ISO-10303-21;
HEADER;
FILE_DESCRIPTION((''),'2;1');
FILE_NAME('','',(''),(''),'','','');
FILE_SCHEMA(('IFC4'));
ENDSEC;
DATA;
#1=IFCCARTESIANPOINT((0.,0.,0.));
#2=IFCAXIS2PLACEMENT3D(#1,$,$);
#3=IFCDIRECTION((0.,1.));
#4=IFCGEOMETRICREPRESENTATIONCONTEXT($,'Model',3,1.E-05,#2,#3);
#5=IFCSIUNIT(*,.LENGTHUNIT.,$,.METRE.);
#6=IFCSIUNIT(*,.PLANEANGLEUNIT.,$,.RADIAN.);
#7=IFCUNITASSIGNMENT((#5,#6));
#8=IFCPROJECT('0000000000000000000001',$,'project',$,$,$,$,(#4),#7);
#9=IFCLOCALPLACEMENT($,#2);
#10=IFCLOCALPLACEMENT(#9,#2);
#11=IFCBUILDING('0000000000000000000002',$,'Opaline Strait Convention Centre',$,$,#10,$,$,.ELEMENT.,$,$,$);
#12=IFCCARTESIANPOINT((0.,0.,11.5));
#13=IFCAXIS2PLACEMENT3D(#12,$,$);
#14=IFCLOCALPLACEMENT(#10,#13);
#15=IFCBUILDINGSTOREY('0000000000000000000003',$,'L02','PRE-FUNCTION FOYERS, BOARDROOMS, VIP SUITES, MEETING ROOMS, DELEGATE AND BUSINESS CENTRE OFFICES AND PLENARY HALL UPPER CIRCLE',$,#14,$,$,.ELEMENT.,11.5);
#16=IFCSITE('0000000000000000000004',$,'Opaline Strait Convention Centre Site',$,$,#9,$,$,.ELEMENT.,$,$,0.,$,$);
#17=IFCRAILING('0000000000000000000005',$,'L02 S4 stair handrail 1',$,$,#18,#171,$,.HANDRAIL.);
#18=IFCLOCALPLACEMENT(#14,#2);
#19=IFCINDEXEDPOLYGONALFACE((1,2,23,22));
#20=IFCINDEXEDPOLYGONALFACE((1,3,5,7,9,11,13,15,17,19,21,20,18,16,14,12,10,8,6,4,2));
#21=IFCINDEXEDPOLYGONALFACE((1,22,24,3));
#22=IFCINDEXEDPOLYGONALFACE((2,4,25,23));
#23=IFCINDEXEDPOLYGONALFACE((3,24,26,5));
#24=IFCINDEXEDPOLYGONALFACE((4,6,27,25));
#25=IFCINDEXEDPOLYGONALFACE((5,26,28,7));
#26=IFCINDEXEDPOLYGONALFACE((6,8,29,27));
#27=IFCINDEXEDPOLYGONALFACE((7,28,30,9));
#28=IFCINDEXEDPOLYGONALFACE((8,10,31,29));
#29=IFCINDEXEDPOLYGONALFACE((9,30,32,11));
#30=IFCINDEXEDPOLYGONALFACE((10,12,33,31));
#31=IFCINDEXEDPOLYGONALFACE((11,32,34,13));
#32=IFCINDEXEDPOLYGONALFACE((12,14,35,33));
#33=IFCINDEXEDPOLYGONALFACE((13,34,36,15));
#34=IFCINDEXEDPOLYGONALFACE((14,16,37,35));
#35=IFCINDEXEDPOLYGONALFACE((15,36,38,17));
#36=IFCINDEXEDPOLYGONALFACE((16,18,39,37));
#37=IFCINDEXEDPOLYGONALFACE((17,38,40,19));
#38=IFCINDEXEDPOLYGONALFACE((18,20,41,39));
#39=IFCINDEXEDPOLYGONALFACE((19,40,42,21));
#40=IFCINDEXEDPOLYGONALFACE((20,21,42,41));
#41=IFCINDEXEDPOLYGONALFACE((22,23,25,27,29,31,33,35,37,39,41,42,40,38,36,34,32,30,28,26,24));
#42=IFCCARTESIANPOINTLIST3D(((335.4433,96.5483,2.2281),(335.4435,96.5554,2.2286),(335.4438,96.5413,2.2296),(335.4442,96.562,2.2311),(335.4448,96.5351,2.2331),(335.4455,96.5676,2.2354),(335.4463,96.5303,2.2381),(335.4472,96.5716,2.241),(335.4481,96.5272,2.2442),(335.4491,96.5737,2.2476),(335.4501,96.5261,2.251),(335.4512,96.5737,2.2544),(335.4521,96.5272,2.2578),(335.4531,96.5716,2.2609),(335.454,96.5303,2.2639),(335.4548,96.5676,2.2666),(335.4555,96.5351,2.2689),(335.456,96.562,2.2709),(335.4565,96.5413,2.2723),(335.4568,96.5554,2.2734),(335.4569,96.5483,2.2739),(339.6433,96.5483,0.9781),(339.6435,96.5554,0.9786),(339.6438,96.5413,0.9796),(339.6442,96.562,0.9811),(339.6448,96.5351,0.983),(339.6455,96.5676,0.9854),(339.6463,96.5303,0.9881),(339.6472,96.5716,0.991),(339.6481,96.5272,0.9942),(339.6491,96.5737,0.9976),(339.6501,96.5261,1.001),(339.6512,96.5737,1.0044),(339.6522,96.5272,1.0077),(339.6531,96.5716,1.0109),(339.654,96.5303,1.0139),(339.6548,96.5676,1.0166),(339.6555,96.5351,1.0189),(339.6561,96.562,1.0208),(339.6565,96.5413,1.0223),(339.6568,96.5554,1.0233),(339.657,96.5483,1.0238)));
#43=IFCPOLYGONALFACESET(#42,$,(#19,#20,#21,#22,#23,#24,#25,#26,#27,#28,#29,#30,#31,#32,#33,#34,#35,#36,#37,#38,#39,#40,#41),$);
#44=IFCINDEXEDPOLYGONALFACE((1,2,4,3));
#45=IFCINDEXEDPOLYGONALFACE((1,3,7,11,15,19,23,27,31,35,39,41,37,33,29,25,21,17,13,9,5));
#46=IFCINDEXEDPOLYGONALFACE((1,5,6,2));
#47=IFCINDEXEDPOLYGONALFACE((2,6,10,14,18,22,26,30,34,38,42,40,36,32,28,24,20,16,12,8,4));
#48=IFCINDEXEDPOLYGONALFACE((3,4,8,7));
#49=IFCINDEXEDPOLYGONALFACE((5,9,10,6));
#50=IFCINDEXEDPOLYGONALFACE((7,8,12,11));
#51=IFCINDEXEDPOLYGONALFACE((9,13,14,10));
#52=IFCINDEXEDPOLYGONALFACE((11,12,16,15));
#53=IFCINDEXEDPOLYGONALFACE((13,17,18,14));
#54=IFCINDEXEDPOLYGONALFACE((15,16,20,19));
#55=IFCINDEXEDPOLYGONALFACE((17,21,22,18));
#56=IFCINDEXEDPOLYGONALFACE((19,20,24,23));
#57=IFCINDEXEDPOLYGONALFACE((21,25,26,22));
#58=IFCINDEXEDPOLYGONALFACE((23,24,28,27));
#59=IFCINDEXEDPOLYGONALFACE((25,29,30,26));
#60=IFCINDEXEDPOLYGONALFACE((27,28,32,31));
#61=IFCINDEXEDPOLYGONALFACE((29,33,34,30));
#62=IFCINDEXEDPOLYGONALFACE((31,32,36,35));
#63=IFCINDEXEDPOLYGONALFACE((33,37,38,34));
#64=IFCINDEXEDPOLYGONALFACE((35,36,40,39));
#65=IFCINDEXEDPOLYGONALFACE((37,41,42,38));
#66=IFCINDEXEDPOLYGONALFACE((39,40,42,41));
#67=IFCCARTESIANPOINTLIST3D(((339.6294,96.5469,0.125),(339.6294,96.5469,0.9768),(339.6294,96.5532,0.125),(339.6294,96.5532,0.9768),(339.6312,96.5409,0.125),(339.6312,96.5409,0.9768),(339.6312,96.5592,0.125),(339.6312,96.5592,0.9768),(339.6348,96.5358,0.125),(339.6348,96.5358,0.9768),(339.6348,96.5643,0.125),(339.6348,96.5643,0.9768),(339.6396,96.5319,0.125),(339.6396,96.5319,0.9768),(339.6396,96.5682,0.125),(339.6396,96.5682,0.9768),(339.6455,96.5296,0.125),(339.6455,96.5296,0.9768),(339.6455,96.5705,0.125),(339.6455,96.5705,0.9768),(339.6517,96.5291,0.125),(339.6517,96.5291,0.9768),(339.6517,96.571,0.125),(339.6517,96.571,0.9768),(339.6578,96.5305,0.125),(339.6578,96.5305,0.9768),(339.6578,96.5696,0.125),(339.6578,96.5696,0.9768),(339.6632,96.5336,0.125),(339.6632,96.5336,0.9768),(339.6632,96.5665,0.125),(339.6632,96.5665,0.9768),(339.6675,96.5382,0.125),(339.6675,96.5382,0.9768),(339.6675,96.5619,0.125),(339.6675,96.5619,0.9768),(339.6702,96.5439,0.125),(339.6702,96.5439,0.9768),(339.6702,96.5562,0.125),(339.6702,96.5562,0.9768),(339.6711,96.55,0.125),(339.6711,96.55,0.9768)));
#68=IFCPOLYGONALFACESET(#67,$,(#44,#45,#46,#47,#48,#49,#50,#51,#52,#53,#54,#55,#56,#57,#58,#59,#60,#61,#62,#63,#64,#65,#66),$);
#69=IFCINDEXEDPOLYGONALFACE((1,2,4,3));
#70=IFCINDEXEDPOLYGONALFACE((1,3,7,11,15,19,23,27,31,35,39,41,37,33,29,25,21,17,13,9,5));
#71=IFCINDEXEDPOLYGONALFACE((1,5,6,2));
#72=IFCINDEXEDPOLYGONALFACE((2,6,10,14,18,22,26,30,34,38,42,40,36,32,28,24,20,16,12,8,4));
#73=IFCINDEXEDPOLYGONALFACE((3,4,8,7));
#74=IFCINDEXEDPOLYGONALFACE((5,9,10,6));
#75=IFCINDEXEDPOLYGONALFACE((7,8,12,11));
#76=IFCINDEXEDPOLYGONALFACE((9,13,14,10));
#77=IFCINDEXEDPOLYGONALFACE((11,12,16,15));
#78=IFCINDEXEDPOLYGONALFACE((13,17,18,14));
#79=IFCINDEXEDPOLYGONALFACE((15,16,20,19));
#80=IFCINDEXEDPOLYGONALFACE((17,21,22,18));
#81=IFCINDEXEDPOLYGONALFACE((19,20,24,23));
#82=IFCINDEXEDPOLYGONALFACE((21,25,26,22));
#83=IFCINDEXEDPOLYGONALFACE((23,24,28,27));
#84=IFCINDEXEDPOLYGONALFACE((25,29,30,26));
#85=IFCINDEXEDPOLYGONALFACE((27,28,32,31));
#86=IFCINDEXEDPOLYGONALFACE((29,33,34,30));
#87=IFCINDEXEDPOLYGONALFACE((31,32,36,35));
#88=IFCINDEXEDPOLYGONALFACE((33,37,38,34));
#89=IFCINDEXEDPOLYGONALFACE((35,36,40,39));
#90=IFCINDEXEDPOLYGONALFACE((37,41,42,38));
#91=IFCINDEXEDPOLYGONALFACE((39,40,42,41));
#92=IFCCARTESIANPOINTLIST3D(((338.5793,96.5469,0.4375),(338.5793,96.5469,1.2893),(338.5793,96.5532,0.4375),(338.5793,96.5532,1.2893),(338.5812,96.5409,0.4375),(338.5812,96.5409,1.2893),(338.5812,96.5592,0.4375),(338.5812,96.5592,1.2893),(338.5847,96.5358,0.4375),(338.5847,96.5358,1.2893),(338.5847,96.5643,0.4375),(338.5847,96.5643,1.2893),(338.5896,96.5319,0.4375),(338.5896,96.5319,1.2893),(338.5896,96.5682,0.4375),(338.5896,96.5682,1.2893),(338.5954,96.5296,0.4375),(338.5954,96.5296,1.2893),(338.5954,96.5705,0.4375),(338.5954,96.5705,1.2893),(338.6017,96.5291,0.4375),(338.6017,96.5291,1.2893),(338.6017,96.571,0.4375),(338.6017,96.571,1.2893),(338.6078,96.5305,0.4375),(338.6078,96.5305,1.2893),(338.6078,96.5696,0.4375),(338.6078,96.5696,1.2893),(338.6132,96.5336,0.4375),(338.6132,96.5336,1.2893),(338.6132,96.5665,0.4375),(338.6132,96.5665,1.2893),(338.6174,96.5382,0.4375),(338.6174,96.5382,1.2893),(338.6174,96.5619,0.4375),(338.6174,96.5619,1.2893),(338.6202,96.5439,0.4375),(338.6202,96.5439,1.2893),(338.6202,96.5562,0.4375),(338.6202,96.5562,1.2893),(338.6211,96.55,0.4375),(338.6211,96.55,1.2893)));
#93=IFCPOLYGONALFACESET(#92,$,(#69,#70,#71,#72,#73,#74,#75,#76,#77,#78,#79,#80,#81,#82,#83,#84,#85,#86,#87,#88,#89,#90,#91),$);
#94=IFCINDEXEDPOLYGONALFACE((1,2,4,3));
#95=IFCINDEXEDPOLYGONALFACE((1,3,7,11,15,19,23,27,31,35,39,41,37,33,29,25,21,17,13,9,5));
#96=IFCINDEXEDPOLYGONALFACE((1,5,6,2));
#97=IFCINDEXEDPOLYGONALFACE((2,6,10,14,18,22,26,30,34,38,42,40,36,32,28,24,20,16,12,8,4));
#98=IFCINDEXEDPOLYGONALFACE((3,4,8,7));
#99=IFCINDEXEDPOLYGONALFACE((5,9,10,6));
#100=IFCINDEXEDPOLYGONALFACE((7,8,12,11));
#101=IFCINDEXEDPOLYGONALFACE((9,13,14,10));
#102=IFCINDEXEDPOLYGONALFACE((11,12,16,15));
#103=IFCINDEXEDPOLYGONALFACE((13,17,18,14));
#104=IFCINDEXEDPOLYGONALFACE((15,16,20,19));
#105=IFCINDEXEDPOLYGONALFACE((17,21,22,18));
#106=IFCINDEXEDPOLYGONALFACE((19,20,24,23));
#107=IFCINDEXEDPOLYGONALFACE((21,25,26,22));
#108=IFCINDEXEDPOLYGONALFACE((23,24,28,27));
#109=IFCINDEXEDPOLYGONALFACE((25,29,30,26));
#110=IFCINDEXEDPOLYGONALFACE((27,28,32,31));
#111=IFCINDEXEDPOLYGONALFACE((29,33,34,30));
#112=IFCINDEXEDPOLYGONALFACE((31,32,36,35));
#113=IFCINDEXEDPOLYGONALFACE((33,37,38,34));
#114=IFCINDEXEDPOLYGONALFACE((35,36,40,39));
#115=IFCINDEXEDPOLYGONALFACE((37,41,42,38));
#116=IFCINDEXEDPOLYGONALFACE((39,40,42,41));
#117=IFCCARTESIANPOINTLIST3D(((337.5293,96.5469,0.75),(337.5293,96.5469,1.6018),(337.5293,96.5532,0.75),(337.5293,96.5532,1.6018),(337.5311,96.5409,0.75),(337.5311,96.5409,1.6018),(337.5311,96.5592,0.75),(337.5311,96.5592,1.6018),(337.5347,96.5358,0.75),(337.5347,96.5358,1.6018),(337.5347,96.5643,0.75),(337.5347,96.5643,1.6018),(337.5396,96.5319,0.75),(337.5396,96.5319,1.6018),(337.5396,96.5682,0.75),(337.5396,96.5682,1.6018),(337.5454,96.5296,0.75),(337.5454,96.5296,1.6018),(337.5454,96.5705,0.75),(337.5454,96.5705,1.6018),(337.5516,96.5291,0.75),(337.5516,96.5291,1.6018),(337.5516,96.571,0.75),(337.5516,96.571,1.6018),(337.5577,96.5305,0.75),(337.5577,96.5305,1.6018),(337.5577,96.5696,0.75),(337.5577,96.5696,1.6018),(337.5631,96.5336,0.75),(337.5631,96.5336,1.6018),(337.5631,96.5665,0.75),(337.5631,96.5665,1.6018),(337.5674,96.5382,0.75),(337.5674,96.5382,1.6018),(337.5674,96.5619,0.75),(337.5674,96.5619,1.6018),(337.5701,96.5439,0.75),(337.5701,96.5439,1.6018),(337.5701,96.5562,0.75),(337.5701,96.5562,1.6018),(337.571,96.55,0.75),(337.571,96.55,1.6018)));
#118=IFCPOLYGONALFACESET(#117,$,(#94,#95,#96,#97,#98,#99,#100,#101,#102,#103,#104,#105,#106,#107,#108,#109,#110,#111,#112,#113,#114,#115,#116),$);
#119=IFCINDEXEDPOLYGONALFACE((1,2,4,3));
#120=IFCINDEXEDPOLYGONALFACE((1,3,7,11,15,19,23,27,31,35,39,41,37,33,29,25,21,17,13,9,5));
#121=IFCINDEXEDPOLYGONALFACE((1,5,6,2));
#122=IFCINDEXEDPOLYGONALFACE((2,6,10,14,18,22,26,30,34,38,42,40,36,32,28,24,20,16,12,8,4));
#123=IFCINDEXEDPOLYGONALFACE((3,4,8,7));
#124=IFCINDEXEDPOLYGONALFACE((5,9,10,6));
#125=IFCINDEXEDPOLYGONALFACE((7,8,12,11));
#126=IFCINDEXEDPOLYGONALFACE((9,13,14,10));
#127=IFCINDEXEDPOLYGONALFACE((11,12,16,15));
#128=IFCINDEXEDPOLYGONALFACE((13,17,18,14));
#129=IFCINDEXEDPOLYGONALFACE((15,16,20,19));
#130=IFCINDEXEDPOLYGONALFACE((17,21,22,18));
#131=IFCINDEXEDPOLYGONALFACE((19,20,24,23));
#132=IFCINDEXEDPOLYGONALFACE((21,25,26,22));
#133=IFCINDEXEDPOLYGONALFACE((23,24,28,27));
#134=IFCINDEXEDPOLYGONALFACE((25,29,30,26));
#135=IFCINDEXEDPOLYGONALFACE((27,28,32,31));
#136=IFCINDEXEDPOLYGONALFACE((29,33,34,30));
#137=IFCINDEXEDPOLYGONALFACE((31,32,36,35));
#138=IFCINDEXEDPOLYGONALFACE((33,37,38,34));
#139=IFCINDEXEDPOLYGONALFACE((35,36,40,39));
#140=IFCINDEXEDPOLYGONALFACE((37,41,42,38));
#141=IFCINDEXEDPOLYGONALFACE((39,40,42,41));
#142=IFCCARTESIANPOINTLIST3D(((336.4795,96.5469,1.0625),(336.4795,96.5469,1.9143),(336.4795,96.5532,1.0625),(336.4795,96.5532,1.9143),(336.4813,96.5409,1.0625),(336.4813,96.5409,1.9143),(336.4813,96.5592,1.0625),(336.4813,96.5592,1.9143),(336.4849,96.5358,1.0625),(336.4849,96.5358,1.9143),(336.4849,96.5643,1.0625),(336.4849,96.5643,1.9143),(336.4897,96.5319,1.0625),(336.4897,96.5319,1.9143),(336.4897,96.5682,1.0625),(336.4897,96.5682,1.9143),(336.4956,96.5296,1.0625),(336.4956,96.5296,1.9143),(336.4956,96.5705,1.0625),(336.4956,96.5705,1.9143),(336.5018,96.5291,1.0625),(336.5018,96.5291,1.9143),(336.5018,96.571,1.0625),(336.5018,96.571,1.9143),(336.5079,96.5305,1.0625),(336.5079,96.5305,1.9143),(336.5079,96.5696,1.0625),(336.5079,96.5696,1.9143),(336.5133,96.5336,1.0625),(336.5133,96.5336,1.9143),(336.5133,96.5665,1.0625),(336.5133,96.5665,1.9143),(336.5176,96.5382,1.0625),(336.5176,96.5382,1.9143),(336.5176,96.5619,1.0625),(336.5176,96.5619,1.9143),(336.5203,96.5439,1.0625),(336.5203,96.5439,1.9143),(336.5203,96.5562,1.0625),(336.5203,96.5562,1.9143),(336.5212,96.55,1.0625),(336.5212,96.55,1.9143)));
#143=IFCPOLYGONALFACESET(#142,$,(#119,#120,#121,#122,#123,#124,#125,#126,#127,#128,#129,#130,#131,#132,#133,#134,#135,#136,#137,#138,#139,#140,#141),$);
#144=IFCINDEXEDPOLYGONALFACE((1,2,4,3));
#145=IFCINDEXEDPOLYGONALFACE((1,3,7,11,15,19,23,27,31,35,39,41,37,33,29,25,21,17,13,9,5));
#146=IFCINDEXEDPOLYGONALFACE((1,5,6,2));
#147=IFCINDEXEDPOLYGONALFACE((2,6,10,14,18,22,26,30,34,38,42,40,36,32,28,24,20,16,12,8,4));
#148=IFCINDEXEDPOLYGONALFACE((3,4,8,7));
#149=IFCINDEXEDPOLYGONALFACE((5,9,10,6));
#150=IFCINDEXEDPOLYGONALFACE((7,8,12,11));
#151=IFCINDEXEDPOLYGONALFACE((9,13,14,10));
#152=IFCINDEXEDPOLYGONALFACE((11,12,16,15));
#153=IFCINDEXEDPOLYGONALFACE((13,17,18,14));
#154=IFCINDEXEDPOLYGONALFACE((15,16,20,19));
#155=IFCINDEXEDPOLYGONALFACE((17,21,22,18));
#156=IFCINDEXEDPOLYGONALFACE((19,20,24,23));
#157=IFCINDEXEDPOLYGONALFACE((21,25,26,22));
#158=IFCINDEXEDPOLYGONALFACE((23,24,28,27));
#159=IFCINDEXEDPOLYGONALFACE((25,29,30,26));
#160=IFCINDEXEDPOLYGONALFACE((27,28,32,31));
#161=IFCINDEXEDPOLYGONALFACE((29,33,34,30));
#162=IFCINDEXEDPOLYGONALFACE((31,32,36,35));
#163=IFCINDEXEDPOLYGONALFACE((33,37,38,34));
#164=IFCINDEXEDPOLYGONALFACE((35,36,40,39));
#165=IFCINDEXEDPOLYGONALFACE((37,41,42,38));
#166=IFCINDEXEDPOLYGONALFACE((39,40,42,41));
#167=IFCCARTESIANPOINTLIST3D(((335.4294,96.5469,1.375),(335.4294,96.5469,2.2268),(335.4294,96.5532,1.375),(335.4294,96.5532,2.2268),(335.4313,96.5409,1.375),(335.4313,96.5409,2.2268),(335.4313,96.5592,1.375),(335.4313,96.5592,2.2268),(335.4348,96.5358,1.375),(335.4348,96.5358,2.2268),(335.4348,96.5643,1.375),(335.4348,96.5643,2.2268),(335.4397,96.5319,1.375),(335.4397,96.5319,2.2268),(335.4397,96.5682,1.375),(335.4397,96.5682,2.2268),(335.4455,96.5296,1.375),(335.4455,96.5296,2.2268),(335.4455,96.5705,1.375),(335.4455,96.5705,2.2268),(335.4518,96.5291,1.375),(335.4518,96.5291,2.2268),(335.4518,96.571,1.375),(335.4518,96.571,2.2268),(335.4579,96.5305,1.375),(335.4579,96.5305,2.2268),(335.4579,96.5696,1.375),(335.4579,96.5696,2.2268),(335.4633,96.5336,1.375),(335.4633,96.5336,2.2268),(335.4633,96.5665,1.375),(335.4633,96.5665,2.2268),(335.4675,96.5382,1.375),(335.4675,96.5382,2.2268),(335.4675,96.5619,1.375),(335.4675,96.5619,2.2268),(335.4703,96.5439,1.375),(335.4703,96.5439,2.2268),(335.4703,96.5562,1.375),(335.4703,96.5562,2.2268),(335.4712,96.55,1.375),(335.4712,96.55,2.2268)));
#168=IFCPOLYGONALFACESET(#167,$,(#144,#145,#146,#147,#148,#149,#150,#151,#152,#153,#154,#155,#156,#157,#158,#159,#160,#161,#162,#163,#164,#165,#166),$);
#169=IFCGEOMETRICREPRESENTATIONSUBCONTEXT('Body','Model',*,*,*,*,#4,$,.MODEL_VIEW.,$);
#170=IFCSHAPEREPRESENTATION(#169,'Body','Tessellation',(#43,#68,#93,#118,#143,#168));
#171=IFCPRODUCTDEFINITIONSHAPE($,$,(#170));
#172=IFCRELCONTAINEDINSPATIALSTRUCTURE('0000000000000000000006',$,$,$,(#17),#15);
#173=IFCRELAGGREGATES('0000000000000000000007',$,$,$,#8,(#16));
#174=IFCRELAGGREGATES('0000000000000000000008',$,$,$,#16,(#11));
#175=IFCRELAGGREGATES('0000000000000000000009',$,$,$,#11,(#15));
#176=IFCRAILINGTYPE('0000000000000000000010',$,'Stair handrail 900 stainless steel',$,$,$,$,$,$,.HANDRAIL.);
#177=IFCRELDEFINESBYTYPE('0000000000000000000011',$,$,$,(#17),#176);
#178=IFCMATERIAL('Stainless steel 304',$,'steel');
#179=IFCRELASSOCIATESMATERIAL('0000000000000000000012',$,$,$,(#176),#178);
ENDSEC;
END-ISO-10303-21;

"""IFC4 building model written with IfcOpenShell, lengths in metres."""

from ifc_helpers import new_model, si_unit, direction, frame, origin, origin_2d, place, context, subcontext, project, spatial, circle, extrude, material, type_object, element, save


model = new_model("IFC4")

# Units and contexts
model_context = context("Model", 3, precision=1e-05, world=origin(), true_north=direction((0.0, 1.0)))
body_context = subcontext(model_context, "Body", "Model", "MODEL_VIEW")
ifc_project = project(units=[si_unit("LENGTHUNIT", "METRE"), si_unit("PLANEANGLEUNIT", "RADIAN")], contexts=[model_context])

# Site, building, storey
site_placement = place(None, origin())
site = spatial("IfcSite", under=ifc_project, at=site_placement, Name="Opaline Strait Convention Centre Site", CompositionType="ELEMENT", RefElevation=0.0)
building_placement = place(site_placement, origin())
building = spatial("IfcBuilding", under=site, at=building_placement, Name="Opaline Strait Convention Centre", CompositionType="ELEMENT")
storey_placement = place(building_placement, frame((0.0, 0.0, 11.5)))
storey = spatial("IfcBuildingStorey", under=building, at=storey_placement, Name="L02", Description="PRE-FUNCTION FOYERS, BOARDROOMS, VIP SUITES, MEETING ROOMS, DELEGATE AND BUSINESS CENTRE OFFICES AND PLENARY HALL UPPER CIRCLE", CompositionType="ELEMENT", Elevation=11.5)

# Railing
ifc_material_1 = material(Name="Stainless steel 304", Category="steel")
railing_type_1 = type_object("IfcRailingType", Name="Stair handrail 900 stainless steel", PredefinedType="HANDRAIL", material=ifc_material_1)
railing_1_placement = place(storey_placement, frame((339.6501, 96.55, 0.125)))
element("IfcRailing", 1, at=railing_1_placement, inside=storey, type_object=railing_type_1, Name="L02 S4 stair handrail 1", PredefinedType="HANDRAIL", context=body_context, shape_type="SweptSolid", body=[
    extrude(circle(Radius=0.0239, at=origin_2d()), frame((0.0, 0.0, 0.876), z_axis=(-0.958451, 0.0, 0.285257), x_axis=(0.0, -1.0, 0.0)), (0.0, 0.0, 1.0), 4.3821),
    extrude(circle(Radius=0.021, at=origin_2d()), origin(), (0.0, 0.0, 1.0), 0.8518),
    extrude(circle(Radius=0.021, at=origin_2d()), frame((-1.05, 0.0, 0.3125)), (0.0, 0.0, 1.0), 0.8518),
    extrude(circle(Radius=0.021, at=origin_2d()), frame((-2.1001, 0.0, 0.625)), (0.0, 0.0, 1.0), 0.8518),
    extrude(circle(Radius=0.021, at=origin_2d()), frame((-3.1499, 0.0, 0.9375)), (0.0, 0.0, 1.0), 0.8518),
    extrude(circle(Radius=0.021, at=origin_2d()), frame((-4.2, 0.0, 1.25)), (0.0, 0.0, 1.0), 0.8518),
])

save(model, "model.ifc")
